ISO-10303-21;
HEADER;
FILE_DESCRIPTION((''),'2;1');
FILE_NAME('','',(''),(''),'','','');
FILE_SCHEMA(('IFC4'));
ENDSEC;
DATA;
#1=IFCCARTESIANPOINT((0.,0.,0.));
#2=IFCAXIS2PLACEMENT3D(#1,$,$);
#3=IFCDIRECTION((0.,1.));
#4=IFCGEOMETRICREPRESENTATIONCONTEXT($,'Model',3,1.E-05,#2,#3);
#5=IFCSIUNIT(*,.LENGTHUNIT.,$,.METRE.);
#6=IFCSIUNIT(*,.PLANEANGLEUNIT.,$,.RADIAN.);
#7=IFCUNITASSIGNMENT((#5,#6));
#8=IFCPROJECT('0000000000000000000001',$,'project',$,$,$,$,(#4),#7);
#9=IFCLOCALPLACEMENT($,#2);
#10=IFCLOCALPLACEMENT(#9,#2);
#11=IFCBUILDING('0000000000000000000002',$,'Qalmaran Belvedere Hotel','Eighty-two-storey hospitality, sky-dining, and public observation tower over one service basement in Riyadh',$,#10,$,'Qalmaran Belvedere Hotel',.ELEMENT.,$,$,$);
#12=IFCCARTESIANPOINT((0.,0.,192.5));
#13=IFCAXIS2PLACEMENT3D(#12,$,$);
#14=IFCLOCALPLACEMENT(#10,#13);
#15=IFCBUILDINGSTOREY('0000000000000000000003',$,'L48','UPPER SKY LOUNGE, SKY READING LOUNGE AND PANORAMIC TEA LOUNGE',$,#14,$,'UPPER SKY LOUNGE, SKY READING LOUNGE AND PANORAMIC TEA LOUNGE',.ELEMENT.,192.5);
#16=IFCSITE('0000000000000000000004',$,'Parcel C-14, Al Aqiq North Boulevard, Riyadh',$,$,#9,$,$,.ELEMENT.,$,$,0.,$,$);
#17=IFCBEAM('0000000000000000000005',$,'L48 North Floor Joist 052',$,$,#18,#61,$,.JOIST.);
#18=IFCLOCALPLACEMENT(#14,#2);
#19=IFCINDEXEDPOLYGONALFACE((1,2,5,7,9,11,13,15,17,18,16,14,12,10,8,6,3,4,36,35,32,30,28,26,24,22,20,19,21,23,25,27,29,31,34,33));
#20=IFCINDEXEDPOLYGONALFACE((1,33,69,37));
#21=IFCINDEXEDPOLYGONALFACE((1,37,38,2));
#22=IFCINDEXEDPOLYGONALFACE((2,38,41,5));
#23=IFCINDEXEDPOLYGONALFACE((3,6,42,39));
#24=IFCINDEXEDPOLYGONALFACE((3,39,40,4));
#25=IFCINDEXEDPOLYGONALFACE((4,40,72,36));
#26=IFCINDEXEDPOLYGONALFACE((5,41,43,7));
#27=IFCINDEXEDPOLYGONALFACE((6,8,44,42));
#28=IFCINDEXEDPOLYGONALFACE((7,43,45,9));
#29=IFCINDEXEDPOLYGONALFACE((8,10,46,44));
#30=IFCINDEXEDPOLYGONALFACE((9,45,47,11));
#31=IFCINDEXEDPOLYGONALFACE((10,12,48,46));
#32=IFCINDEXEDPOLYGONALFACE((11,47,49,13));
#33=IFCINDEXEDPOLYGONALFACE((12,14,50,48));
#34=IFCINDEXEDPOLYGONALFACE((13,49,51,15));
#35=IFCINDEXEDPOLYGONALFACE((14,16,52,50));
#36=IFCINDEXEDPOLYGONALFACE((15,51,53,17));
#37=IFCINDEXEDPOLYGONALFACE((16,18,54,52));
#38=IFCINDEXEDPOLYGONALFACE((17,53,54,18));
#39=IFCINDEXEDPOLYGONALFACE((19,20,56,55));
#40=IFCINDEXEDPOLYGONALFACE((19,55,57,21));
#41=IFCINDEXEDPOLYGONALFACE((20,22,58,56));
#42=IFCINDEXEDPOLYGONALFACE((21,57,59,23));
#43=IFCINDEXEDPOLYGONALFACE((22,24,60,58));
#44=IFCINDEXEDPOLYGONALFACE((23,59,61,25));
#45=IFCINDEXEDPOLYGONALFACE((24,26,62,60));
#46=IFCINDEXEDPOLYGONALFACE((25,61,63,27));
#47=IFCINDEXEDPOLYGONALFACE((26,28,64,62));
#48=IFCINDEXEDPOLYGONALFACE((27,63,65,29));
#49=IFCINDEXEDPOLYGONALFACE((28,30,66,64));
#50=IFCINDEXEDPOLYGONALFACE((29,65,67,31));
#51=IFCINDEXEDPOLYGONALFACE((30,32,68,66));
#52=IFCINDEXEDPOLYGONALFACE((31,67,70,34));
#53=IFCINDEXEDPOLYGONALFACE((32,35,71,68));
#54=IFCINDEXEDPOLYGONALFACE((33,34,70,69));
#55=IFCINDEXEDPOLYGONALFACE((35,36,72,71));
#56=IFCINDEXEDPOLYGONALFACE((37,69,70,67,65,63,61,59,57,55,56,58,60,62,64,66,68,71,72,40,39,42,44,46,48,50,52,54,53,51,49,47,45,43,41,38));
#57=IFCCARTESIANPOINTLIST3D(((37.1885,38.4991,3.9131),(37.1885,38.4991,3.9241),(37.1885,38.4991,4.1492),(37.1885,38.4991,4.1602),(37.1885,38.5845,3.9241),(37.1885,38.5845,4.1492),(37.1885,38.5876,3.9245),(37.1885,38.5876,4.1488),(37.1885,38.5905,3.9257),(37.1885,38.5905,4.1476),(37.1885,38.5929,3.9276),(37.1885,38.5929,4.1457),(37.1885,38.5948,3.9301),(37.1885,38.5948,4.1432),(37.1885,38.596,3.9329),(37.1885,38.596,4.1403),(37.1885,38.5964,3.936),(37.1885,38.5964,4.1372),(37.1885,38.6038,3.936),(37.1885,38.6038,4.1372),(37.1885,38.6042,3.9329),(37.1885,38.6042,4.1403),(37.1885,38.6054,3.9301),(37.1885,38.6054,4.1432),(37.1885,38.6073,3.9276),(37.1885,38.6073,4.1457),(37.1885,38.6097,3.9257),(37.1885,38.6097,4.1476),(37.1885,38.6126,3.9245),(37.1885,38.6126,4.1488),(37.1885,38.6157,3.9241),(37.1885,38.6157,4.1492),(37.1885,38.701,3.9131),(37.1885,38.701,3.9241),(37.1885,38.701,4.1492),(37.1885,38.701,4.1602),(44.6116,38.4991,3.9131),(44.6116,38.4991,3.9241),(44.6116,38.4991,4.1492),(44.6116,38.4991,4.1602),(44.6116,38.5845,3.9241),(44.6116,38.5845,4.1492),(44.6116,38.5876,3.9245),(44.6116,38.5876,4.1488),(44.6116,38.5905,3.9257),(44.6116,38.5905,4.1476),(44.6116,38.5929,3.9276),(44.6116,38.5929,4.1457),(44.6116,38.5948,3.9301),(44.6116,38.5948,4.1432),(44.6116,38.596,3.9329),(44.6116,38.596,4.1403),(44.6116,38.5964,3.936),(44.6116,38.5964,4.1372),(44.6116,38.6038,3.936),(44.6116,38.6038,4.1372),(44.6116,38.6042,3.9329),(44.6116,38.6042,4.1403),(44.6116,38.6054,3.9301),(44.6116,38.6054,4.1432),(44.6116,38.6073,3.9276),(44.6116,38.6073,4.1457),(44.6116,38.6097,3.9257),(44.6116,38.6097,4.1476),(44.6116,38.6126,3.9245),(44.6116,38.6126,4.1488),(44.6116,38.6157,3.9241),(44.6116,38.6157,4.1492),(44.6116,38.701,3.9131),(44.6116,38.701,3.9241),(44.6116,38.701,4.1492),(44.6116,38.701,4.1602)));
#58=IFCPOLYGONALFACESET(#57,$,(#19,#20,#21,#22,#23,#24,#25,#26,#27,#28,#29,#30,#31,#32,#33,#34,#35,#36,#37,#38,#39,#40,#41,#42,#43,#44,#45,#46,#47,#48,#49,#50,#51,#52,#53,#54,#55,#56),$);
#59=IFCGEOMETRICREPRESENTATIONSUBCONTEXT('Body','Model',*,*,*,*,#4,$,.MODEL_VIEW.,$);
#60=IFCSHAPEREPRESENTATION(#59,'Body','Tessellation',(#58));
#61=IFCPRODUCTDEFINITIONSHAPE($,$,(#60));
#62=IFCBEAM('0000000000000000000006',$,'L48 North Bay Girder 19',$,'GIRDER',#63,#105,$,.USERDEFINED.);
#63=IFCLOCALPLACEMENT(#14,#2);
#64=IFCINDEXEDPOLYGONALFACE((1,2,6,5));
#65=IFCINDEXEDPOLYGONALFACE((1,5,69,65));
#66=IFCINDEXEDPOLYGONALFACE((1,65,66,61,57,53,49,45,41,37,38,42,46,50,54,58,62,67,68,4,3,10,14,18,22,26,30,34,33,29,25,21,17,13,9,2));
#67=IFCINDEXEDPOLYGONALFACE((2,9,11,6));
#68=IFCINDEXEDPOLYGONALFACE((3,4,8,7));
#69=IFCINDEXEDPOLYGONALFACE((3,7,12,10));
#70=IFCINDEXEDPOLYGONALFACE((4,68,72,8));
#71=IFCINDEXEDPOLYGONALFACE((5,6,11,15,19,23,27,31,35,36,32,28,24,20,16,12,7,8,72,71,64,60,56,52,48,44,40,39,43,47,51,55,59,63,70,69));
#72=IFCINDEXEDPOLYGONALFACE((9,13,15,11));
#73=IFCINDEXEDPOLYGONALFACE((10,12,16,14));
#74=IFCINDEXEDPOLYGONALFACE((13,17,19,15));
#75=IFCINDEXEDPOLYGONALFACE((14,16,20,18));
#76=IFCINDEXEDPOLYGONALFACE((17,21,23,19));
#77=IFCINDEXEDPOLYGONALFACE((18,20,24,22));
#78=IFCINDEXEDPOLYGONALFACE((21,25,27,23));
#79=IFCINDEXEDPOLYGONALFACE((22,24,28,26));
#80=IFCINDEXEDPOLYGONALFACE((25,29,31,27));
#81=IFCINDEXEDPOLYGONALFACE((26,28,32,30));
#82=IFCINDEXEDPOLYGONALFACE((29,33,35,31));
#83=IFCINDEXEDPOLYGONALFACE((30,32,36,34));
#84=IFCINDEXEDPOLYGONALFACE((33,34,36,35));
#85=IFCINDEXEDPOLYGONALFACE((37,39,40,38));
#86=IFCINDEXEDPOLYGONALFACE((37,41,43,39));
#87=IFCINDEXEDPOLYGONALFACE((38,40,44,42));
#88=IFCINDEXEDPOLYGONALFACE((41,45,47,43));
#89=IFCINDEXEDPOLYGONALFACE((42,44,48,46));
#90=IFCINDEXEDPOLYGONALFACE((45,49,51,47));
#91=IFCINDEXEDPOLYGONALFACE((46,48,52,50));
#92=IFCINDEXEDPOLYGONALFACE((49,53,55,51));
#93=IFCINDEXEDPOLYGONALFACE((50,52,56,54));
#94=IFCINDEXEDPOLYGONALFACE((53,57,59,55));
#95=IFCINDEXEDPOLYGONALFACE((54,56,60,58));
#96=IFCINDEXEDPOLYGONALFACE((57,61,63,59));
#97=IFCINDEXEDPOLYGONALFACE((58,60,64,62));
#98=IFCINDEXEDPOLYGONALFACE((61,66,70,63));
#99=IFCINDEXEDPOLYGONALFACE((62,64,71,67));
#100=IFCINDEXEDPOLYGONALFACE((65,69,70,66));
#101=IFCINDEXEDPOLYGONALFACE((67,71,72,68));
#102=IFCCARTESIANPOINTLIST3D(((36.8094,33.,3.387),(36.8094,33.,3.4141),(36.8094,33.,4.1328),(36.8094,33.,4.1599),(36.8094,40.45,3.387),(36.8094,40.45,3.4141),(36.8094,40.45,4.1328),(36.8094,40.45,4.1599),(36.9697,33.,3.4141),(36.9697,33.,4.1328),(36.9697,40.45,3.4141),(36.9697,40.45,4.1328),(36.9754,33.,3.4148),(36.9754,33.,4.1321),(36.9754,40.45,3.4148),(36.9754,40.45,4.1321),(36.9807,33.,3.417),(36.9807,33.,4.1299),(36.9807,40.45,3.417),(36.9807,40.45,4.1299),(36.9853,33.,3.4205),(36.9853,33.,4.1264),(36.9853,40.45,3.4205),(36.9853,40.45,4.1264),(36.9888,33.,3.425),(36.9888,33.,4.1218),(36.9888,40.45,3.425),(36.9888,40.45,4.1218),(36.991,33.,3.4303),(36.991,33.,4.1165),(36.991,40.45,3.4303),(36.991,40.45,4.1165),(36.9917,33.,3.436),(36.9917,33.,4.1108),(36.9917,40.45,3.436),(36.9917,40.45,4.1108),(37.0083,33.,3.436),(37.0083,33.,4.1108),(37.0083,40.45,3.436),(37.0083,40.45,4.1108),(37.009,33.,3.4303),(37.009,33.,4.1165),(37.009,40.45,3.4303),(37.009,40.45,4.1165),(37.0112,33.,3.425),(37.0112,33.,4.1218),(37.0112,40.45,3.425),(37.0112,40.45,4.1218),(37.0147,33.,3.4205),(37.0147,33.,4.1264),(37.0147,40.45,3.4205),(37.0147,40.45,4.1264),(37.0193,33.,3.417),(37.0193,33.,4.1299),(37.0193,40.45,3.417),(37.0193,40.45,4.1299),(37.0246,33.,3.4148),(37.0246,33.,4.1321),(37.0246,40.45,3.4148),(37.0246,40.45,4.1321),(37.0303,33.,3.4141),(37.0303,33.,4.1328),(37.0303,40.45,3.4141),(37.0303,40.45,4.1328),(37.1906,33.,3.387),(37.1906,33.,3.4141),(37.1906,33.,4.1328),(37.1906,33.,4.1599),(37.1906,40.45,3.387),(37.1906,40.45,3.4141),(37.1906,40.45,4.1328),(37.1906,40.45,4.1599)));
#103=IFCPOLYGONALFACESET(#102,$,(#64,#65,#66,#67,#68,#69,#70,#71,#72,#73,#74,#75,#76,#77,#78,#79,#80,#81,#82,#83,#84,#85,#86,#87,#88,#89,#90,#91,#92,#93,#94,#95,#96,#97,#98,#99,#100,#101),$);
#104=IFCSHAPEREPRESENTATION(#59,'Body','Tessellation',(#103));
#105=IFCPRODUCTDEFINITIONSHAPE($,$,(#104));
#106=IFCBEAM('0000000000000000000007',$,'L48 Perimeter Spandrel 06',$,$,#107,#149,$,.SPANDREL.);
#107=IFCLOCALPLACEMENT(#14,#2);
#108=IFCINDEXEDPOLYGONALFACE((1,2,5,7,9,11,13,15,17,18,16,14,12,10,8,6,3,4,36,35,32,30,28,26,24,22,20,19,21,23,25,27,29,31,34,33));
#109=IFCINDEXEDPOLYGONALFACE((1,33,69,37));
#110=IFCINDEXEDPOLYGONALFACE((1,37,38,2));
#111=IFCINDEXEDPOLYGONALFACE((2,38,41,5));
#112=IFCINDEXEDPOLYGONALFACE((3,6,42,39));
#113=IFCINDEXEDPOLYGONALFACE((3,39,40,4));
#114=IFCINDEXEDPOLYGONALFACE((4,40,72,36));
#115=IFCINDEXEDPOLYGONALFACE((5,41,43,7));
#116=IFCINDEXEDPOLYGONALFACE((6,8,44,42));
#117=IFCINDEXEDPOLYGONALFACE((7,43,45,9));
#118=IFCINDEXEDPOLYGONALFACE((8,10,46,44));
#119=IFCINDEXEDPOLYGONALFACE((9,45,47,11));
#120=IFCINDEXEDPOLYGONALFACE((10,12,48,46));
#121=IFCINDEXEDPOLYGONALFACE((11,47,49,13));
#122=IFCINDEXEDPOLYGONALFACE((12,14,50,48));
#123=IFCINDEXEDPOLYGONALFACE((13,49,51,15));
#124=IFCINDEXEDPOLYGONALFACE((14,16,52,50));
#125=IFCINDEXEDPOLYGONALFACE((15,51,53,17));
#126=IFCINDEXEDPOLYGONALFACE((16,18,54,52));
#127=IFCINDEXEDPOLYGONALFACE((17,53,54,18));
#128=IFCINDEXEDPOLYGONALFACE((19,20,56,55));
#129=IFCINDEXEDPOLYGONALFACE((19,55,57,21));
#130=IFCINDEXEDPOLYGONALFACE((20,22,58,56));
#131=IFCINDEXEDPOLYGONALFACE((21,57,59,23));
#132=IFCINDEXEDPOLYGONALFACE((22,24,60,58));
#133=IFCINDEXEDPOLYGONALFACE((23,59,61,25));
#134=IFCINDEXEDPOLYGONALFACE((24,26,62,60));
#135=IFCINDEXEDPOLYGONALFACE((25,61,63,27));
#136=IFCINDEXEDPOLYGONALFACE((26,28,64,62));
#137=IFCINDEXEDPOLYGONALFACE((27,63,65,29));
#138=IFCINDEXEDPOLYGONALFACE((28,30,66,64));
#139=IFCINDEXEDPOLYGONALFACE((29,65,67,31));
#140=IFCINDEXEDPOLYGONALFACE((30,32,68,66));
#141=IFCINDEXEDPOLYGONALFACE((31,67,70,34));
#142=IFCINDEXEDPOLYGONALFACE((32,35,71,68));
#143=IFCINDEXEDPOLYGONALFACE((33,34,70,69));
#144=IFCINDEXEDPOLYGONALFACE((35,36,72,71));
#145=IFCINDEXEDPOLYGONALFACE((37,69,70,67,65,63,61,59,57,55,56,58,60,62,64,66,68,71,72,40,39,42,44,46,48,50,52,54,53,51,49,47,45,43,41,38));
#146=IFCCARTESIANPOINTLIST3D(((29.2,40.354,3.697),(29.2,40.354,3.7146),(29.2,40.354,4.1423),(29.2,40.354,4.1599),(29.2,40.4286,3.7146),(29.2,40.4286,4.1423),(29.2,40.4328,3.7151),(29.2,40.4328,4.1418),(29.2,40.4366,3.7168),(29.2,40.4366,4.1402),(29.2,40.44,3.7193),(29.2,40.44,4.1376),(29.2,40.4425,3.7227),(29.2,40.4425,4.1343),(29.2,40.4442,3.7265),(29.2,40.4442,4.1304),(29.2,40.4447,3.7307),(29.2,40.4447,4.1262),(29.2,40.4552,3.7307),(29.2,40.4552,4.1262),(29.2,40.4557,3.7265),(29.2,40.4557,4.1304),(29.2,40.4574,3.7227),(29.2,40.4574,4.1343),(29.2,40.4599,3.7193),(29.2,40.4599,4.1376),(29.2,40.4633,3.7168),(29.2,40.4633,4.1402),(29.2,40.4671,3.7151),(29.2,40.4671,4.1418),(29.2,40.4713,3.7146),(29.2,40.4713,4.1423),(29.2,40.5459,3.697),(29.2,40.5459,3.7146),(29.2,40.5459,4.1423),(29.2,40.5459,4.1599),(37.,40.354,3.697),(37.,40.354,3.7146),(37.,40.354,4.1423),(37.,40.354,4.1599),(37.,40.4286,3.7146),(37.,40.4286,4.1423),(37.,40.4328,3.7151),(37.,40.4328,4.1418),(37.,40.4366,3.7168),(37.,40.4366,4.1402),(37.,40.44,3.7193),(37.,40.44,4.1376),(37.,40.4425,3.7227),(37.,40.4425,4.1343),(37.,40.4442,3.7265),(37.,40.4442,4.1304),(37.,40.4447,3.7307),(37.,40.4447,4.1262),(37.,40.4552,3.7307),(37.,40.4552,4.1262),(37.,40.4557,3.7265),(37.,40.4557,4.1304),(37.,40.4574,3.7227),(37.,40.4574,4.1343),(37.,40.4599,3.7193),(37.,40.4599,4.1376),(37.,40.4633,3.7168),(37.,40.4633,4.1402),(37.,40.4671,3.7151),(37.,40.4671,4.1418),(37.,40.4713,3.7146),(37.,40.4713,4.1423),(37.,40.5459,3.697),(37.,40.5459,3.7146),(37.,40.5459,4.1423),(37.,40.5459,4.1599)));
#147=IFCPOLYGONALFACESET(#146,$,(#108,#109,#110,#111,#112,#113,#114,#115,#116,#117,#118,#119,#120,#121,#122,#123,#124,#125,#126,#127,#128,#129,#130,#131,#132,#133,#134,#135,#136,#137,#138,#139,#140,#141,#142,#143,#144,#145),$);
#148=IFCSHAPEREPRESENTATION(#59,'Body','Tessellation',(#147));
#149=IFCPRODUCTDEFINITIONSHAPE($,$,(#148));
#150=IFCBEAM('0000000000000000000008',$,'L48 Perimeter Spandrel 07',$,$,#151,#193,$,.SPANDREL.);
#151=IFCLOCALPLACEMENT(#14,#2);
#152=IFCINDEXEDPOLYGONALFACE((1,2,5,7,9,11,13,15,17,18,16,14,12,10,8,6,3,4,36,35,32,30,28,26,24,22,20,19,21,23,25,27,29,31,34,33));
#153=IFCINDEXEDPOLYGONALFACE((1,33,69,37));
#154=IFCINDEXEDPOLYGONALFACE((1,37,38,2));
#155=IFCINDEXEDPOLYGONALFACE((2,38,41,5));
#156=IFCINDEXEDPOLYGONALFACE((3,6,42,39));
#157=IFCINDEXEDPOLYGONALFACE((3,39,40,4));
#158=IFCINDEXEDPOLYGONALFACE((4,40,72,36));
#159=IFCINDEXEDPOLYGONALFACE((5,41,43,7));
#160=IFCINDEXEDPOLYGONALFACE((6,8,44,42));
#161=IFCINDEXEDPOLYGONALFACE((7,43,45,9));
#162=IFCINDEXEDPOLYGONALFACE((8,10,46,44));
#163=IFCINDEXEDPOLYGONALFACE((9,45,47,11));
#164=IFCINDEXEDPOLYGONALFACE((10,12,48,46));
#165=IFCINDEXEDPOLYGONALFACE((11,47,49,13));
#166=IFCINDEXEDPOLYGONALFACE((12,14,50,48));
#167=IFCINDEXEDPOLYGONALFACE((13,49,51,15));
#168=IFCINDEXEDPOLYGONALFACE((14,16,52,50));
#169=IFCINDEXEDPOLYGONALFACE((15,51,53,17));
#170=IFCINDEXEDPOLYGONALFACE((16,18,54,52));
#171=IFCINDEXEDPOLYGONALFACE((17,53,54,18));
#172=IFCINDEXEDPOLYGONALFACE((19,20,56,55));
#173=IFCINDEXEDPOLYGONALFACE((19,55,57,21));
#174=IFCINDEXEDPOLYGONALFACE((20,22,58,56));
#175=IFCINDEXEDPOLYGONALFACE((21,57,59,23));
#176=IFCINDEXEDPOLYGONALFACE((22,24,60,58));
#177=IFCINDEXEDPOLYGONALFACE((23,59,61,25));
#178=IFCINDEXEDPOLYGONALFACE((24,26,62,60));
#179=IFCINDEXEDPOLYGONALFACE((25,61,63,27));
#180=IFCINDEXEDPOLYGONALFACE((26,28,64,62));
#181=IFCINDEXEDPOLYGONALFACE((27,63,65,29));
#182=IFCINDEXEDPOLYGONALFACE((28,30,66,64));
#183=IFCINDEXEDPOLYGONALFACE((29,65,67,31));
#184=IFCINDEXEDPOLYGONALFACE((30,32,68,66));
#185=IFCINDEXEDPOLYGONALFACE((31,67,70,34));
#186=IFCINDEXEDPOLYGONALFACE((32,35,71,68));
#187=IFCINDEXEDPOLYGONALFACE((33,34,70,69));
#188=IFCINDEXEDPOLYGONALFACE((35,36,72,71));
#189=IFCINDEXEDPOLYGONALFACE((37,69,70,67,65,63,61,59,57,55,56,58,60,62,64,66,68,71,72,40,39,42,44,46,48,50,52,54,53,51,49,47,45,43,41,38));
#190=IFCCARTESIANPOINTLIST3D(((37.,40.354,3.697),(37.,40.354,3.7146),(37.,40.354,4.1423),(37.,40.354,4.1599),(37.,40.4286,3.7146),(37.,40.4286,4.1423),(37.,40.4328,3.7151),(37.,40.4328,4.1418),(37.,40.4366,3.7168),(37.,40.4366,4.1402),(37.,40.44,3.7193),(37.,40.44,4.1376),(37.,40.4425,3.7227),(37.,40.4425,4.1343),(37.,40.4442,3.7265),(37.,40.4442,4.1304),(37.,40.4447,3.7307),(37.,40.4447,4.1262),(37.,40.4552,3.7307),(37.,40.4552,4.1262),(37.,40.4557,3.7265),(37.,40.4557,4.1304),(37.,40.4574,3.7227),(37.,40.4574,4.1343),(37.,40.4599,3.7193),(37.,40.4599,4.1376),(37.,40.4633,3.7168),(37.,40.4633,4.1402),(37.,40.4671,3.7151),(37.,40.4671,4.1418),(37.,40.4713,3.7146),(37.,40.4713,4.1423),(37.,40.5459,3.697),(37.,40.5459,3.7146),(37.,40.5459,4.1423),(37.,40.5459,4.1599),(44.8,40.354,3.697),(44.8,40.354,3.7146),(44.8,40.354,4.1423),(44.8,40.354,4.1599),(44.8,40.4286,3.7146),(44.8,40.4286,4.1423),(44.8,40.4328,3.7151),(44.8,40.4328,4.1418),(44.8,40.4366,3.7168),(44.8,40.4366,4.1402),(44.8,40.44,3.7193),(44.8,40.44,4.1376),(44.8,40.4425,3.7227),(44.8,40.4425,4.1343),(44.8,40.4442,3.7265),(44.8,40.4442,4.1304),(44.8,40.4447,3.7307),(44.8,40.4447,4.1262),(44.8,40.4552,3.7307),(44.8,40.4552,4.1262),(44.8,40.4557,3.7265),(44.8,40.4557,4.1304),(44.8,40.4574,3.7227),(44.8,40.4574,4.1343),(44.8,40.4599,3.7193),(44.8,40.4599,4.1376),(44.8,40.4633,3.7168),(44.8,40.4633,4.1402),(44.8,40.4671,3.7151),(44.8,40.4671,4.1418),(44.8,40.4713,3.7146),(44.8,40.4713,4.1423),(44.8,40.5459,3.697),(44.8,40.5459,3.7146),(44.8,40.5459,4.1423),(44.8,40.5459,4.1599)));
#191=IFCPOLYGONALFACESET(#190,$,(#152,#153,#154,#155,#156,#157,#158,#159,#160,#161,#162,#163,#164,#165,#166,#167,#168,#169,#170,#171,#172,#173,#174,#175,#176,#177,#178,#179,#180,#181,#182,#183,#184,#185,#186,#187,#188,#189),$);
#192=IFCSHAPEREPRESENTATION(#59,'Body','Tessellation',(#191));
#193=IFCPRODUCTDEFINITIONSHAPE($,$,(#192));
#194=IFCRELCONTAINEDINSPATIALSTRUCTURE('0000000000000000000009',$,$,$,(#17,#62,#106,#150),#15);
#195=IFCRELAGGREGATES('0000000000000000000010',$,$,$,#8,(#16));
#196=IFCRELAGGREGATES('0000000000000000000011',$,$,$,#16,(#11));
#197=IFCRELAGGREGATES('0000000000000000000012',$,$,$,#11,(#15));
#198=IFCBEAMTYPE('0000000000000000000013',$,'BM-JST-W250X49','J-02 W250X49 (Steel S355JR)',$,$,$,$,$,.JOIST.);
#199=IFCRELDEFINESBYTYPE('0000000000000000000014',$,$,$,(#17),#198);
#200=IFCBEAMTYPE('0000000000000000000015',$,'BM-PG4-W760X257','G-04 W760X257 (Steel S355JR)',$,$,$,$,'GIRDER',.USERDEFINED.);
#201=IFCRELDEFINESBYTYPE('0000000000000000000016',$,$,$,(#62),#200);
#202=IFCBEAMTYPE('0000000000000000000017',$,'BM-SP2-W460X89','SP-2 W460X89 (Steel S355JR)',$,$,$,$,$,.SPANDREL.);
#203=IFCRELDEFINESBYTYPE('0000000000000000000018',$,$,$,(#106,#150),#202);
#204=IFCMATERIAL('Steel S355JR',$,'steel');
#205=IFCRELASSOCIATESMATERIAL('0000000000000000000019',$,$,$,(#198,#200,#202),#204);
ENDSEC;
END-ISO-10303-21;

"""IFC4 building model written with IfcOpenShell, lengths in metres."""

from ifc_helpers import new_model, si_unit, direction, frame, origin, origin_2d, place, context, subcontext, project, spatial, i_section, extrude, material, material_profile, profile_set, type_object, element, save


model = new_model("IFC4")

# Units and contexts
model_context = context("Model", 3, precision=1e-05, world=origin(), true_north=direction((0.0, 1.0)))
body_context = subcontext(model_context, "Body", "Model", "MODEL_VIEW")
ifc_project = project(units=[si_unit("LENGTHUNIT", "METRE"), si_unit("PLANEANGLEUNIT", "RADIAN")], contexts=[model_context])

# Site, building, storey
site_placement = place(None, origin())
site = spatial("IfcSite", under=ifc_project, at=site_placement, Name="Parcel C-14, Al Aqiq North Boulevard, Riyadh", CompositionType="ELEMENT", RefElevation=0.0)
building_placement = place(site_placement, origin())
building = spatial("IfcBuilding", under=site, at=building_placement, Name="Qalmaran Belvedere Hotel", Description="Eighty-two-storey hospitality, sky-dining, and public observation tower over one service basement in Riyadh", LongName="Qalmaran Belvedere Hotel", CompositionType="ELEMENT")
storey_placement = place(building_placement, frame((0.0, 0.0, 192.5)))
storey = spatial("IfcBuildingStorey", under=building, at=storey_placement, Name="L48", Description="UPPER SKY LOUNGE, SKY READING LOUNGE AND PANORAMIC TEA LOUNGE", LongName="UPPER SKY LOUNGE, SKY READING LOUNGE AND PANORAMIC TEA LOUNGE", CompositionType="ELEMENT", Elevation=192.5)

# Beams
ifc_material_1 = material(Name="Steel S355JR", Category="steel")
ifc_material_profile_1 = material_profile(ifc_material_1, i_section(OverallWidth=0.2019, OverallDepth=0.2471, WebThickness=0.0073, FlangeThickness=0.011, FilletRadius=0.012, at=origin_2d()), Name="W250X49")
ifc_profile_set_1 = profile_set([ifc_material_profile_1], Name="Steel S355JR")
beam_type_1 = type_object("IfcBeamType", Name="BM-JST-W250X49", Description="J-02 W250X49 (Steel S355JR)", PredefinedType="JOIST", material=ifc_profile_set_1)
for number, where, z_axis, x_axis, name in (
    (1, (37.1885, 38.6001, 4.0366), (1.0, 0.0, 0.0), (0.0, 1.0, 0.0), "L48 North Floor Joist 052"),
):
    element("IfcBeam", number, at=place(storey_placement, frame(where, z_axis=z_axis, x_axis=x_axis)), inside=storey, type_object=beam_type_1, Name=name, PredefinedType="JOIST", context=body_context, shape_type="SweptSolid", body=[
        extrude(i_section(OverallWidth=0.2019, OverallDepth=0.2471, WebThickness=0.0073, FlangeThickness=0.011, FilletRadius=0.012, at=origin_2d()), origin(), (0.0, 0.0, 1.0), 7.4231),
    ])
ifc_material_profile_2 = material_profile(ifc_material_1, i_section(OverallWidth=0.3811, OverallDepth=0.7729, WebThickness=0.0166, FlangeThickness=0.0271, FilletRadius=0.022, at=origin_2d()), Name="W760X257")
ifc_profile_set_2 = profile_set([ifc_material_profile_2], Name="Steel S355JR")
beam_type_2 = type_object("IfcBeamType", Name="BM-PG4-W760X257", Description="G-04 W760X257 (Steel S355JR)", ElementType="GIRDER", PredefinedType="USERDEFINED", material=ifc_profile_set_2)
beam_1_placement = place(storey_placement, frame((37.0, 33.0, 3.7734), z_axis=(0.0, 1.0, 0.0), x_axis=(-1.0, 0.0, 0.0)))
element("IfcBeam", 2, at=beam_1_placement, inside=storey, type_object=beam_type_2, Name="L48 North Bay Girder 19", ObjectType="GIRDER", PredefinedType="USERDEFINED", context=body_context, shape_type="SweptSolid", body=[
    extrude(i_section(OverallWidth=0.3811, OverallDepth=0.7729, WebThickness=0.0166, FlangeThickness=0.0271, FilletRadius=0.022, at=origin_2d()), origin(), (0.0, 0.0, 1.0), 7.45),
])
ifc_material_profile_3 = material_profile(ifc_material_1, i_section(OverallWidth=0.1919, OverallDepth=0.4629, WebThickness=0.0105, FlangeThickness=0.0176, FilletRadius=0.0161, at=origin_2d()), Name="W460X89")
ifc_profile_set_3 = profile_set([ifc_material_profile_3], Name="Steel S355JR")
beam_type_3 = type_object("IfcBeamType", Name="BM-SP2-W460X89", Description="SP-2 W460X89 (Steel S355JR)", PredefinedType="SPANDREL", material=ifc_profile_set_3)
for number, where, z_axis, x_axis, name in (
    (3, (29.2, 40.45, 3.9285), (1.0, 0.0, 0.0), (0.0, 1.0, 0.0), "L48 Perimeter Spandrel 06"),
    (4, (37.0, 40.45, 3.9285), (1.0, 0.0, 0.0), (0.0, 1.0, 0.0), "L48 Perimeter Spandrel 07"),
):
    element("IfcBeam", number, at=place(storey_placement, frame(where, z_axis=z_axis, x_axis=x_axis)), inside=storey, type_object=beam_type_3, Name=name, PredefinedType="SPANDREL", context=body_context, shape_type="SweptSolid", body=[
        extrude(i_section(OverallWidth=0.1919, OverallDepth=0.4629, WebThickness=0.0105, FlangeThickness=0.0176, FilletRadius=0.0161, at=origin_2d()), origin(), (0.0, 0.0, 1.0), 7.8),
    ])

save(model, "model.ifc")
